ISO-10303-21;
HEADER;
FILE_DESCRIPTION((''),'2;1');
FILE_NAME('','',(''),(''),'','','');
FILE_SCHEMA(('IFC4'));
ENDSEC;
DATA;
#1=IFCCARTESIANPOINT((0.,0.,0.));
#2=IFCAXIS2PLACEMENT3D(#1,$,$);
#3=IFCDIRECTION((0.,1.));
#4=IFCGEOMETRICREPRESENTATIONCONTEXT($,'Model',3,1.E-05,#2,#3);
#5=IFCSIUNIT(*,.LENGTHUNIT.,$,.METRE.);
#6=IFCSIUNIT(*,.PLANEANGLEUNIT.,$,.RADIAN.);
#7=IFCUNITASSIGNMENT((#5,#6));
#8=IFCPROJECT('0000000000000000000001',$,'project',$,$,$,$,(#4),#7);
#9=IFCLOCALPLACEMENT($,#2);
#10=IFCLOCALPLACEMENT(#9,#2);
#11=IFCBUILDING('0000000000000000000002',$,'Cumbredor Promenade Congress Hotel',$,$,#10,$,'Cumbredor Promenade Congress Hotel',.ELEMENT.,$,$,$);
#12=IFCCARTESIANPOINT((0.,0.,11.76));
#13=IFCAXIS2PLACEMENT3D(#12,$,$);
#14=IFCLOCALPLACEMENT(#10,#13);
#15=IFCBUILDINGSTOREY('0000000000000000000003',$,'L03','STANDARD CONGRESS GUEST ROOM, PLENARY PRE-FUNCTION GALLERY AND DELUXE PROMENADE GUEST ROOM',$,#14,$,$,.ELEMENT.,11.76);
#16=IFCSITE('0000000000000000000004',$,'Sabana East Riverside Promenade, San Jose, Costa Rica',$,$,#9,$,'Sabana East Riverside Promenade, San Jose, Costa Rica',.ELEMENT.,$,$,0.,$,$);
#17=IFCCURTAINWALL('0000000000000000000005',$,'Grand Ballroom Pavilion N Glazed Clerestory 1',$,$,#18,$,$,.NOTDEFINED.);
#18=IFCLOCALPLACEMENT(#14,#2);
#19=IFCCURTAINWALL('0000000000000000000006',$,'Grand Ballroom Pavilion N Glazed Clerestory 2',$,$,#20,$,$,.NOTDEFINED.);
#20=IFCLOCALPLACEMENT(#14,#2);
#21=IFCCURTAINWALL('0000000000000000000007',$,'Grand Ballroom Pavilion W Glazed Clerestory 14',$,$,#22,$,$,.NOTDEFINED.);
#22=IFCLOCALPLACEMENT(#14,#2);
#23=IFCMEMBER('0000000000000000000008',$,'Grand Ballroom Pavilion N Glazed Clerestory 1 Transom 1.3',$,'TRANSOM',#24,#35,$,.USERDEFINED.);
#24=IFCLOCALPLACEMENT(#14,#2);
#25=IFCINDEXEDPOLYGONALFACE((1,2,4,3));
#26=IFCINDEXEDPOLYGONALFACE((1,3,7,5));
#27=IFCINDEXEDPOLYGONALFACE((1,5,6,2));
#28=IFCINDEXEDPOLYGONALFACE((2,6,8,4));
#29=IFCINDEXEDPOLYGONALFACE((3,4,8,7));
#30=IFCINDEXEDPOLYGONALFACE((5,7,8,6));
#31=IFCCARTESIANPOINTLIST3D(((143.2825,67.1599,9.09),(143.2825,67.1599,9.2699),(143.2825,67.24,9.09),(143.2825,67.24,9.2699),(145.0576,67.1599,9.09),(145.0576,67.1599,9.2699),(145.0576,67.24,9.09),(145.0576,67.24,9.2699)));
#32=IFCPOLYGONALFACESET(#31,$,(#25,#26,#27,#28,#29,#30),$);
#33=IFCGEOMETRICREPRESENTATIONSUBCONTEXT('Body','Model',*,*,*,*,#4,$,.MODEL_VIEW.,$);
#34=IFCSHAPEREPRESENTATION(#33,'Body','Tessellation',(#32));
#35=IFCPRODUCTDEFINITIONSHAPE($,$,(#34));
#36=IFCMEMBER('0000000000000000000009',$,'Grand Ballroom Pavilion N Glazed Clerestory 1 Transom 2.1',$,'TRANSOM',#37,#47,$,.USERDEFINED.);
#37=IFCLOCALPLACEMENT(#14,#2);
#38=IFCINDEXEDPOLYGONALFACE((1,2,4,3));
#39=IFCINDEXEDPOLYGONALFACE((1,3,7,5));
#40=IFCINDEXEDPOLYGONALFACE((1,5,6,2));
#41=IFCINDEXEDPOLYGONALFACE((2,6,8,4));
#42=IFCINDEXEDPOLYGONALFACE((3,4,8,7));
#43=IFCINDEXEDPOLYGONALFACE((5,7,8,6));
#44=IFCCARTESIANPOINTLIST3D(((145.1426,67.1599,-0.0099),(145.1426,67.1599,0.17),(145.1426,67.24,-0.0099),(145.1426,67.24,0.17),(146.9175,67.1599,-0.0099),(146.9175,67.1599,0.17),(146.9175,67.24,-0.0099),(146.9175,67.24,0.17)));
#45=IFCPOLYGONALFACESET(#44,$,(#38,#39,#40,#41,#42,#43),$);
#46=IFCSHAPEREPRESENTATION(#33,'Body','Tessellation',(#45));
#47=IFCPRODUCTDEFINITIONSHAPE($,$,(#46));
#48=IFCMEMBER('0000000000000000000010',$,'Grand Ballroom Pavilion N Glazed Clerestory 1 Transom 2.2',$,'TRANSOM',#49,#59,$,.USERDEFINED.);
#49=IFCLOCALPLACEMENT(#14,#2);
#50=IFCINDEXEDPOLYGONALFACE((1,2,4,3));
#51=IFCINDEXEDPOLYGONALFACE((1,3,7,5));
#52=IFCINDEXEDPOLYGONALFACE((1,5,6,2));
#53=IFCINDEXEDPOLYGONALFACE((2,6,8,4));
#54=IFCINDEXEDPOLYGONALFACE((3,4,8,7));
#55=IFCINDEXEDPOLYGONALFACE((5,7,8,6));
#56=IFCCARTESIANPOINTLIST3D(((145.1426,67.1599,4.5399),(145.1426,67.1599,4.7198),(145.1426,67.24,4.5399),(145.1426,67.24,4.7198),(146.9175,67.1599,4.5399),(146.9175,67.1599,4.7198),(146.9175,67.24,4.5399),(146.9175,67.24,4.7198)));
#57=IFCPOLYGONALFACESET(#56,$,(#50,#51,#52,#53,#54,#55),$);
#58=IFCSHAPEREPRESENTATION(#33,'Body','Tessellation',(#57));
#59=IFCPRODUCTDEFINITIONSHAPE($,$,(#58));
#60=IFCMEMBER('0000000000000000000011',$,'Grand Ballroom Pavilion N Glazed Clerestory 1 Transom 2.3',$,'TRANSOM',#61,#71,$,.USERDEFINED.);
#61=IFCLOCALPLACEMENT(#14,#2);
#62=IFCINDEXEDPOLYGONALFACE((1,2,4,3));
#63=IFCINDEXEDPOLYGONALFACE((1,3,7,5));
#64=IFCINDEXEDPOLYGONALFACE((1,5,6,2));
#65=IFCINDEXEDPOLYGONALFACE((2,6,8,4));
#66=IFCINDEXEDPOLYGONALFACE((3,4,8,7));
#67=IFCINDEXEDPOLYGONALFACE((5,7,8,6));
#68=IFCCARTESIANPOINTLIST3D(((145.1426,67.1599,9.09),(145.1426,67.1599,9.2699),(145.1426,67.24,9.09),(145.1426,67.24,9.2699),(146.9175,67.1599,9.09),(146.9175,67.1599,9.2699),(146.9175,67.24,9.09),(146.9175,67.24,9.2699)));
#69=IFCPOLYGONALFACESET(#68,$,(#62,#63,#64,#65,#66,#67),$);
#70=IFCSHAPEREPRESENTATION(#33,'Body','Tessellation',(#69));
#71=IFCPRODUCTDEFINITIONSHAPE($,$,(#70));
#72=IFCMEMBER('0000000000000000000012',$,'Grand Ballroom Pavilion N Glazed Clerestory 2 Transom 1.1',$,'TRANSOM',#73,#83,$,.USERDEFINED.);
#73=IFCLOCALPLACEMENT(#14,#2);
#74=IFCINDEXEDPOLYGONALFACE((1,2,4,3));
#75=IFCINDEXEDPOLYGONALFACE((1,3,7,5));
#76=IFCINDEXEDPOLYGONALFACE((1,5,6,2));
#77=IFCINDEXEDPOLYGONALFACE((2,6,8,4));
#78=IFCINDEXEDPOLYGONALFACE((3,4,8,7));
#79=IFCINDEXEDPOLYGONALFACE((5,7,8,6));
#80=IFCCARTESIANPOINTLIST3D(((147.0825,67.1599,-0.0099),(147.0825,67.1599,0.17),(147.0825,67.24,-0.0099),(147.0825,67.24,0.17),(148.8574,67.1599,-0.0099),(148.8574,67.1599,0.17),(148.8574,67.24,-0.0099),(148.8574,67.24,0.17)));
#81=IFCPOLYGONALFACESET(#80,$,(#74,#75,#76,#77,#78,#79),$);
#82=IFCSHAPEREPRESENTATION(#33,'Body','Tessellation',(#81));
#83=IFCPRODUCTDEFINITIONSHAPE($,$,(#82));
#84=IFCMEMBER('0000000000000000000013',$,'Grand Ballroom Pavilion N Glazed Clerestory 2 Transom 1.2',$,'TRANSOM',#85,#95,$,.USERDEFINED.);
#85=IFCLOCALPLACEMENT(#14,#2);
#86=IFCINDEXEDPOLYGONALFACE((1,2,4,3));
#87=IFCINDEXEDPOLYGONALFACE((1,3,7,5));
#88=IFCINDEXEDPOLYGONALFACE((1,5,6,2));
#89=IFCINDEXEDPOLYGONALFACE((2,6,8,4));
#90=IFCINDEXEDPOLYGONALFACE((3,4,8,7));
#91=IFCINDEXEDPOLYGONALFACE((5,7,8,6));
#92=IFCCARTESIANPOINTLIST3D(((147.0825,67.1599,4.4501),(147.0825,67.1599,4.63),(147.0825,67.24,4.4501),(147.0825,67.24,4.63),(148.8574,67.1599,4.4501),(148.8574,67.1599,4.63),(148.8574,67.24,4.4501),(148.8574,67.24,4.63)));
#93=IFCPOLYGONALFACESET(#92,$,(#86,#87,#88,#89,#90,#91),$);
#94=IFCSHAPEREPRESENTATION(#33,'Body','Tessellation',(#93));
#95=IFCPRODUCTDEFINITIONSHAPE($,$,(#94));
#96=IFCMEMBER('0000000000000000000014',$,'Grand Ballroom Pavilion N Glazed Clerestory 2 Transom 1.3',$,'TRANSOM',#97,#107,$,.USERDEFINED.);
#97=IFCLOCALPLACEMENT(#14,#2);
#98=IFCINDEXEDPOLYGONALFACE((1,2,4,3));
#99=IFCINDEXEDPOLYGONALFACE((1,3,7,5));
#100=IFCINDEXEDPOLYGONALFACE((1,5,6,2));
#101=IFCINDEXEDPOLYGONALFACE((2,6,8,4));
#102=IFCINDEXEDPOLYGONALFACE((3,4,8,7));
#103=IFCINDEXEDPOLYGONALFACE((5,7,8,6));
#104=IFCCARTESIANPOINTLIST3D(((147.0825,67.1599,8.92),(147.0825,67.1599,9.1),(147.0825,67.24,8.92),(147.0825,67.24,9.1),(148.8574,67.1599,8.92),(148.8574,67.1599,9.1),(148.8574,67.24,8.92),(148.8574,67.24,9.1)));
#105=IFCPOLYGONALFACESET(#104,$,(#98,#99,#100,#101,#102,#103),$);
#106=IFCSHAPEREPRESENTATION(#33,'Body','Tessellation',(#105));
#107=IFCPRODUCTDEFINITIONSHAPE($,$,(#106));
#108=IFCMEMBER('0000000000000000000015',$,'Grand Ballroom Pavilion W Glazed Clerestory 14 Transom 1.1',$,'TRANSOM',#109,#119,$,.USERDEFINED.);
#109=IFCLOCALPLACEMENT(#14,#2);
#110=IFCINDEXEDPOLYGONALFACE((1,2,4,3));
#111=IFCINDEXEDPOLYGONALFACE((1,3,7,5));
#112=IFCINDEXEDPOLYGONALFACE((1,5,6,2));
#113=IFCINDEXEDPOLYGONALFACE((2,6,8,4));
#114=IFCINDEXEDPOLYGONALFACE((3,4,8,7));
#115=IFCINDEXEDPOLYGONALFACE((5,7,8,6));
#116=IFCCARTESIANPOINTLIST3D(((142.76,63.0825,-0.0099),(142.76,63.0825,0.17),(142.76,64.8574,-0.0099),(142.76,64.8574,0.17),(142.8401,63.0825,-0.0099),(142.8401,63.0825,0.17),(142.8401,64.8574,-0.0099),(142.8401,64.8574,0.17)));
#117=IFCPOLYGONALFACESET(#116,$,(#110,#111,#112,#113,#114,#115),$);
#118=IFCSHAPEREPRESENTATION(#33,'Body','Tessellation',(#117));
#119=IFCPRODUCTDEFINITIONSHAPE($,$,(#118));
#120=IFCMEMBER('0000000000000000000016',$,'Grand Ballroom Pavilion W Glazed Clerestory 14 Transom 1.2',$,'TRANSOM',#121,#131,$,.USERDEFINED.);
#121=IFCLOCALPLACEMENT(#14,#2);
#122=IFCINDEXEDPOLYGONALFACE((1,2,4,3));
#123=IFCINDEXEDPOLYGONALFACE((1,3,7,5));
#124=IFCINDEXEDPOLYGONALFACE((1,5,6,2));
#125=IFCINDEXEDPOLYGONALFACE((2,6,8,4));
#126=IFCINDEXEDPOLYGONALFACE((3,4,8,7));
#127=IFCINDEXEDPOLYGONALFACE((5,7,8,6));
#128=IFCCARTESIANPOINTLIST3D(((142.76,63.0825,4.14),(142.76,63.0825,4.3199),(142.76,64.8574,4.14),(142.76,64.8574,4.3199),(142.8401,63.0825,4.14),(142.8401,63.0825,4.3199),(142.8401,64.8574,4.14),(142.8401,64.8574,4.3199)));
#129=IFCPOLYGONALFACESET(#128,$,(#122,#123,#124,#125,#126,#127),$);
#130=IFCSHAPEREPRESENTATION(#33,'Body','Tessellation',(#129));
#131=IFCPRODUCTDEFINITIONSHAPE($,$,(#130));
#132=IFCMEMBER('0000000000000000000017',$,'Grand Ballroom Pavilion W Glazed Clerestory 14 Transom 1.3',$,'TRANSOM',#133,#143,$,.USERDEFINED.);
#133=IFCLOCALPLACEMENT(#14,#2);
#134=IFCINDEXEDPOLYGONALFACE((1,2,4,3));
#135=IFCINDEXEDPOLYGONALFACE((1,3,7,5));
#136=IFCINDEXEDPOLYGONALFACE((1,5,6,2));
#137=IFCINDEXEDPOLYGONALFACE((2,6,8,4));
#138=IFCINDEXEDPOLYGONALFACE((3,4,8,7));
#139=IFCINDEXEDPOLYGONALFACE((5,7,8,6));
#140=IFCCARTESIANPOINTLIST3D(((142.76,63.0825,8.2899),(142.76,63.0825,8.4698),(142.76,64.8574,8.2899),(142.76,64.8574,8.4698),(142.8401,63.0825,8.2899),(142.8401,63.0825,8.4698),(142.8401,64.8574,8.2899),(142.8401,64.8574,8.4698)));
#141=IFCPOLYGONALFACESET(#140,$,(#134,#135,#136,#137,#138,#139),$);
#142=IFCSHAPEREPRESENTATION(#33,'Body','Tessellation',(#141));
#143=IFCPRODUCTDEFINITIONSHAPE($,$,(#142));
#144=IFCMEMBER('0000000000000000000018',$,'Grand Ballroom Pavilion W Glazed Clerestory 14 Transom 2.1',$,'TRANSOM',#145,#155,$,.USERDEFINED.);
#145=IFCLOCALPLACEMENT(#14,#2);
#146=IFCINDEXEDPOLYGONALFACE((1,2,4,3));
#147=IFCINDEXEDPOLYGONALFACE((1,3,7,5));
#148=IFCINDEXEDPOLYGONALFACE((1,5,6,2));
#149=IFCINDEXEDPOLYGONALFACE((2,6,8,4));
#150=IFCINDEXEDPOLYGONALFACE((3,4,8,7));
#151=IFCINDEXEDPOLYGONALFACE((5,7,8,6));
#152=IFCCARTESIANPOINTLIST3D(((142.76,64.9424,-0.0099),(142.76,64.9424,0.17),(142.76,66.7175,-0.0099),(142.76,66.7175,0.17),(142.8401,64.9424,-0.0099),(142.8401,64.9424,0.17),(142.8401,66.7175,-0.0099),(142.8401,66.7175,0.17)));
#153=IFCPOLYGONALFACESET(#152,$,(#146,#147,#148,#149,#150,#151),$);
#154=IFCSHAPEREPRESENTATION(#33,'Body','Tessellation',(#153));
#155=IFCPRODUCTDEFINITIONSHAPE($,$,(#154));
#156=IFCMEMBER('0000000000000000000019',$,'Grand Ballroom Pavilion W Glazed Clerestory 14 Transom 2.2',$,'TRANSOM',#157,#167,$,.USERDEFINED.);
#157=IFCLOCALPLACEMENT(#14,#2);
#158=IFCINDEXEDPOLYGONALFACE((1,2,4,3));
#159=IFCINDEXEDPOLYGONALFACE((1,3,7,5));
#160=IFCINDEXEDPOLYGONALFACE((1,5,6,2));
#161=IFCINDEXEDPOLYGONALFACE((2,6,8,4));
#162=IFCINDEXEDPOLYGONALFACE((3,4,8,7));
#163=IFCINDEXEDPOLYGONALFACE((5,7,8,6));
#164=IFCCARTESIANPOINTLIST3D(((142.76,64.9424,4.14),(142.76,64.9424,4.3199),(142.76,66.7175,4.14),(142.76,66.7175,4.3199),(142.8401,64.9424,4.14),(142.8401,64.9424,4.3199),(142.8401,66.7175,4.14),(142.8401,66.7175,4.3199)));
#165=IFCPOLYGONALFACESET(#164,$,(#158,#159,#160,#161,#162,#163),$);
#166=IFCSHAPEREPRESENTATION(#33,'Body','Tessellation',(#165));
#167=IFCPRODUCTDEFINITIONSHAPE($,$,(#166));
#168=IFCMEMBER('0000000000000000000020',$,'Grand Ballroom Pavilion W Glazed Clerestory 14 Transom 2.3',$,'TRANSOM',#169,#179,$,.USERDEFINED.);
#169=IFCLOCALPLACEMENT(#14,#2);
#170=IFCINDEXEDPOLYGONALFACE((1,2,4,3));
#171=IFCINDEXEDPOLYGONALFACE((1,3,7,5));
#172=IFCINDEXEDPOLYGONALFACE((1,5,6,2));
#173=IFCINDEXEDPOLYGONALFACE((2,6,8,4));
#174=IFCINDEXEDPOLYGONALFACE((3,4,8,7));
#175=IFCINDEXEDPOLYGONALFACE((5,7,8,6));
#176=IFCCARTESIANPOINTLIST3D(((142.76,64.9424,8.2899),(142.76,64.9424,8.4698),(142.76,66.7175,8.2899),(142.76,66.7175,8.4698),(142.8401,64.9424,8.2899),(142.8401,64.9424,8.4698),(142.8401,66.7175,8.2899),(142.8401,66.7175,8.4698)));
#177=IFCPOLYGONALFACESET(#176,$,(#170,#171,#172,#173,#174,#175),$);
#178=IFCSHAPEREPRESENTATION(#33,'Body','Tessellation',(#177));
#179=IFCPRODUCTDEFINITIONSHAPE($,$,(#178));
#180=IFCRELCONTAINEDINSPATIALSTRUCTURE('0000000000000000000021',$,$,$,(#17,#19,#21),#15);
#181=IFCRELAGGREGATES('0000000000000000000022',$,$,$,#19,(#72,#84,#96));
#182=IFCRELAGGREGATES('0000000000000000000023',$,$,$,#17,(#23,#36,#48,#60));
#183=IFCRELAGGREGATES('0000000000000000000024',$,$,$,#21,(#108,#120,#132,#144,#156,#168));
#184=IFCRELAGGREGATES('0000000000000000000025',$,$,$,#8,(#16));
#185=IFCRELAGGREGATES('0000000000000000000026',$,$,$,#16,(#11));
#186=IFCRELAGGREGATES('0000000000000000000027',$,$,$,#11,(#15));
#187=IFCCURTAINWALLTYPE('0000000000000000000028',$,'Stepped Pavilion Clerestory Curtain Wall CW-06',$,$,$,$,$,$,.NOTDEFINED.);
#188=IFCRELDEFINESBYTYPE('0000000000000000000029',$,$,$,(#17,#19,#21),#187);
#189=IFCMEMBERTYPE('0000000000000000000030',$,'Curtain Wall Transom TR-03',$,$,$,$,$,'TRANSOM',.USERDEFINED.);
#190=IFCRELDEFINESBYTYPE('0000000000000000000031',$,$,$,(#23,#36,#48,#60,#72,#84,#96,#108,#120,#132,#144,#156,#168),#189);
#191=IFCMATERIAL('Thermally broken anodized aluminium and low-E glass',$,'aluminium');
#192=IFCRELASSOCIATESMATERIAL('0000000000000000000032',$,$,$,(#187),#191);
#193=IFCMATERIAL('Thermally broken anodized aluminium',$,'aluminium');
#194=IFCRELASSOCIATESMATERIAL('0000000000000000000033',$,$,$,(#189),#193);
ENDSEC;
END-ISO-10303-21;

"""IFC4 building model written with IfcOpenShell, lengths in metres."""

from ifc_helpers import new_model, si_unit, direction, frame, origin, origin_2d, place, context, subcontext, project, spatial, rectangle, extrude, material, material_profile, profile_set, type_object, element, aggregate, save


model = new_model("IFC4")

# Units and contexts
model_context = context("Model", 3, precision=1e-05, world=origin(), true_north=direction((0.0, 1.0)))
body_context = subcontext(model_context, "Body", "Model", "MODEL_VIEW")
ifc_project = project(units=[si_unit("LENGTHUNIT", "METRE"), si_unit("PLANEANGLEUNIT", "RADIAN")], contexts=[model_context])

# Site, building, storey
site_placement = place(None, origin())
site = spatial("IfcSite", under=ifc_project, at=site_placement, Name="Sabana East Riverside Promenade, San Jose, Costa Rica", LongName="Sabana East Riverside Promenade, San Jose, Costa Rica", CompositionType="ELEMENT", RefElevation=0.0)
building_placement = place(site_placement, origin())
building = spatial("IfcBuilding", under=site, at=building_placement, Name="Cumbredor Promenade Congress Hotel", LongName="Cumbredor Promenade Congress Hotel", CompositionType="ELEMENT")
storey_placement = place(building_placement, frame((0.0, 0.0, 11.76)))
storey = spatial("IfcBuildingStorey", under=building, at=storey_placement, Name="L03", Description="STANDARD CONGRESS GUEST ROOM, PLENARY PRE-FUNCTION GALLERY AND DELUXE PROMENADE GUEST ROOM", CompositionType="ELEMENT", Elevation=11.76)

# Curtain wall
ifc_material_1 = material(Name="Thermally broken anodized aluminium and low-E glass", Category="aluminium")
curtain_wall_type = type_object("IfcCurtainWallType", Name="Stepped Pavilion Clerestory Curtain Wall CW-06", PredefinedType="NOTDEFINED", material=ifc_material_1)
curtain_wall_1_placement = place(storey_placement, origin())
curtain_wall_1 = element("IfcCurtainWall", 1, at=curtain_wall_1_placement, inside=storey, type_object=curtain_wall_type, Name="Grand Ballroom Pavilion N Glazed Clerestory 1", PredefinedType="NOTDEFINED")
ifc_material_2 = material(Name="Thermally broken anodized aluminium", Category="aluminium")

# Curtain wall
curtain_wall_2_placement = place(storey_placement, origin())
curtain_wall_2 = element("IfcCurtainWall", 2, at=curtain_wall_2_placement, inside=storey, type_object=curtain_wall_type, Name="Grand Ballroom Pavilion N Glazed Clerestory 2", PredefinedType="NOTDEFINED")

# Curtain wall
curtain_wall_3_placement = place(storey_placement, origin())
curtain_wall_3 = element("IfcCurtainWall", 3, at=curtain_wall_3_placement, inside=storey, type_object=curtain_wall_type, Name="Grand Ballroom Pavilion W Glazed Clerestory 14", PredefinedType="NOTDEFINED")

# Members
ifc_material_profile_1 = material_profile(ifc_material_2, rectangle(XDim=0.0801, YDim=0.1799, at=origin_2d()), Name="ALU TRANSOM 80x180")
ifc_profile_set_1 = profile_set([ifc_material_profile_1], Name="Thermally broken anodized aluminium")
member_type_1 = type_object("IfcMemberType", Name="Curtain Wall Transom TR-03", ElementType="TRANSOM", PredefinedType="USERDEFINED", material=ifc_profile_set_1)
member_1_placement = place(storey_placement, frame((143.2825, 67.2, 9.1799), z_axis=(1.0, 0.0, 0.0), x_axis=(0.0, 1.0, 0.0)))
member_1 = element("IfcMember", 4, at=member_1_placement, type_object=member_type_1, Name="Grand Ballroom Pavilion N Glazed Clerestory 1 Transom 1.3", ObjectType="TRANSOM", PredefinedType="USERDEFINED", context=body_context, shape_type="SweptSolid", body=[
    extrude(rectangle(XDim=0.0801, YDim=0.1799, at=origin_2d()), origin(), (0.0, 0.0, 1.0), 1.7751),
])
member_2_placement = place(storey_placement, frame((145.1426, 67.2, 0.0801), z_axis=(1.0, 0.0, 0.0), x_axis=(0.0, 1.0, 0.0)))
member_2 = element("IfcMember", 5, at=member_2_placement, type_object=member_type_1, Name="Grand Ballroom Pavilion N Glazed Clerestory 1 Transom 2.1", ObjectType="TRANSOM", PredefinedType="USERDEFINED", context=body_context, shape_type="SweptSolid", body=[
    extrude(rectangle(XDim=0.0801, YDim=0.1799, at=origin_2d()), origin(), (0.0, 0.0, 1.0), 1.7749),
])
member_3_placement = place(storey_placement, frame((145.1426, 67.2, 4.6299), z_axis=(1.0, 0.0, 0.0), x_axis=(0.0, 1.0, 0.0)))
member_3 = element("IfcMember", 6, at=member_3_placement, type_object=member_type_1, Name="Grand Ballroom Pavilion N Glazed Clerestory 1 Transom 2.2", ObjectType="TRANSOM", PredefinedType="USERDEFINED", context=body_context, shape_type="SweptSolid", body=[
    extrude(rectangle(XDim=0.0801, YDim=0.1799, at=origin_2d()), origin(), (0.0, 0.0, 1.0), 1.7749),
])
member_4_placement = place(storey_placement, frame((145.1426, 67.2, 9.1799), z_axis=(1.0, 0.0, 0.0), x_axis=(0.0, 1.0, 0.0)))
member_4 = element("IfcMember", 7, at=member_4_placement, type_object=member_type_1, Name="Grand Ballroom Pavilion N Glazed Clerestory 1 Transom 2.3", ObjectType="TRANSOM", PredefinedType="USERDEFINED", context=body_context, shape_type="SweptSolid", body=[
    extrude(rectangle(XDim=0.0801, YDim=0.1799, at=origin_2d()), origin(), (0.0, 0.0, 1.0), 1.7749),
])
member_5_placement = place(storey_placement, frame((147.0825, 67.2, 0.0801), z_axis=(1.0, 0.0, 0.0), x_axis=(0.0, 1.0, 0.0)))
member_5 = element("IfcMember", 8, at=member_5_placement, type_object=member_type_1, Name="Grand Ballroom Pavilion N Glazed Clerestory 2 Transom 1.1", ObjectType="TRANSOM", PredefinedType="USERDEFINED", context=body_context, shape_type="SweptSolid", body=[
    extrude(rectangle(XDim=0.0801, YDim=0.1799, at=origin_2d()), origin(), (0.0, 0.0, 1.0), 1.7749),
])
member_6_placement = place(storey_placement, frame((147.0825, 67.2, 4.54), z_axis=(1.0, 0.0, 0.0), x_axis=(0.0, 1.0, 0.0)))
member_6 = element("IfcMember", 9, at=member_6_placement, type_object=member_type_1, Name="Grand Ballroom Pavilion N Glazed Clerestory 2 Transom 1.2", ObjectType="TRANSOM", PredefinedType="USERDEFINED", context=body_context, shape_type="SweptSolid", body=[
    extrude(rectangle(XDim=0.0801, YDim=0.1799, at=origin_2d()), origin(), (0.0, 0.0, 1.0), 1.7749),
])
member_7_placement = place(storey_placement, frame((147.0825, 67.2, 9.01), z_axis=(1.0, 0.0, 0.0), x_axis=(0.0, 1.0, 0.0)))
member_7 = element("IfcMember", 10, at=member_7_placement, type_object=member_type_1, Name="Grand Ballroom Pavilion N Glazed Clerestory 2 Transom 1.3", ObjectType="TRANSOM", PredefinedType="USERDEFINED", context=body_context, shape_type="SweptSolid", body=[
    extrude(rectangle(XDim=0.0801, YDim=0.1799, at=origin_2d()), origin(), (0.0, 0.0, 1.0), 1.7749),
])
aggregate(curtain_wall_2, [member_5, member_6, member_7])
member_8_placement = place(storey_placement, frame((142.8, 63.0825, 0.0801), z_axis=(0.0, 1.0, 0.0), x_axis=(-1.0, 0.0, 0.0)))
member_8 = element("IfcMember", 11, at=member_8_placement, type_object=member_type_1, Name="Grand Ballroom Pavilion W Glazed Clerestory 14 Transom 1.1", ObjectType="TRANSOM", PredefinedType="USERDEFINED", context=body_context, shape_type="SweptSolid", body=[
    extrude(rectangle(XDim=0.0801, YDim=0.1799, at=origin_2d()), origin(), (0.0, 0.0, 1.0), 1.7749),
])
member_9_placement = place(storey_placement, frame((142.8, 63.0825, 4.23), z_axis=(0.0, 1.0, 0.0), x_axis=(-1.0, 0.0, 0.0)))
member_9 = element("IfcMember", 12, at=member_9_placement, type_object=member_type_1, Name="Grand Ballroom Pavilion W Glazed Clerestory 14 Transom 1.2", ObjectType="TRANSOM", PredefinedType="USERDEFINED", context=body_context, shape_type="SweptSolid", body=[
    extrude(rectangle(XDim=0.0801, YDim=0.1799, at=origin_2d()), origin(), (0.0, 0.0, 1.0), 1.7749),
])
member_10_placement = place(storey_placement, frame((142.8, 63.0825, 8.3799), z_axis=(0.0, 1.0, 0.0), x_axis=(-1.0, 0.0, 0.0)))
member_10 = element("IfcMember", 13, at=member_10_placement, type_object=member_type_1, Name="Grand Ballroom Pavilion W Glazed Clerestory 14 Transom 1.3", ObjectType="TRANSOM", PredefinedType="USERDEFINED", context=body_context, shape_type="SweptSolid", body=[
    extrude(rectangle(XDim=0.0801, YDim=0.1799, at=origin_2d()), origin(), (0.0, 0.0, 1.0), 1.7749),
])
member_11_placement = place(storey_placement, frame((142.8, 64.9424, 0.0801), z_axis=(0.0, 1.0, 0.0), x_axis=(-1.0, 0.0, 0.0)))
member_11 = element("IfcMember", 14, at=member_11_placement, type_object=member_type_1, Name="Grand Ballroom Pavilion W Glazed Clerestory 14 Transom 2.1", ObjectType="TRANSOM", PredefinedType="USERDEFINED", context=body_context, shape_type="SweptSolid", body=[
    extrude(rectangle(XDim=0.0801, YDim=0.1799, at=origin_2d()), origin(), (0.0, 0.0, 1.0), 1.7751),
])
member_12_placement = place(storey_placement, frame((142.8, 64.9424, 4.23), z_axis=(0.0, 1.0, 0.0), x_axis=(-1.0, 0.0, 0.0)))
member_12 = element("IfcMember", 15, at=member_12_placement, type_object=member_type_1, Name="Grand Ballroom Pavilion W Glazed Clerestory 14 Transom 2.2", ObjectType="TRANSOM", PredefinedType="USERDEFINED", context=body_context, shape_type="SweptSolid", body=[
    extrude(rectangle(XDim=0.0801, YDim=0.1799, at=origin_2d()), origin(), (0.0, 0.0, 1.0), 1.7751),
])
member_13_placement = place(storey_placement, frame((142.8, 64.9424, 8.3799), z_axis=(0.0, 1.0, 0.0), x_axis=(-1.0, 0.0, 0.0)))
member_13 = element("IfcMember", 16, at=member_13_placement, type_object=member_type_1, Name="Grand Ballroom Pavilion W Glazed Clerestory 14 Transom 2.3", ObjectType="TRANSOM", PredefinedType="USERDEFINED", context=body_context, shape_type="SweptSolid", body=[
    extrude(rectangle(XDim=0.0801, YDim=0.1799, at=origin_2d()), origin(), (0.0, 0.0, 1.0), 1.7751),
])

aggregate(curtain_wall_1, [member_1, member_2, member_3, member_4])
aggregate(curtain_wall_3, [member_8, member_9, member_10, member_11, member_12, member_13])

save(model, "model.ifc")
